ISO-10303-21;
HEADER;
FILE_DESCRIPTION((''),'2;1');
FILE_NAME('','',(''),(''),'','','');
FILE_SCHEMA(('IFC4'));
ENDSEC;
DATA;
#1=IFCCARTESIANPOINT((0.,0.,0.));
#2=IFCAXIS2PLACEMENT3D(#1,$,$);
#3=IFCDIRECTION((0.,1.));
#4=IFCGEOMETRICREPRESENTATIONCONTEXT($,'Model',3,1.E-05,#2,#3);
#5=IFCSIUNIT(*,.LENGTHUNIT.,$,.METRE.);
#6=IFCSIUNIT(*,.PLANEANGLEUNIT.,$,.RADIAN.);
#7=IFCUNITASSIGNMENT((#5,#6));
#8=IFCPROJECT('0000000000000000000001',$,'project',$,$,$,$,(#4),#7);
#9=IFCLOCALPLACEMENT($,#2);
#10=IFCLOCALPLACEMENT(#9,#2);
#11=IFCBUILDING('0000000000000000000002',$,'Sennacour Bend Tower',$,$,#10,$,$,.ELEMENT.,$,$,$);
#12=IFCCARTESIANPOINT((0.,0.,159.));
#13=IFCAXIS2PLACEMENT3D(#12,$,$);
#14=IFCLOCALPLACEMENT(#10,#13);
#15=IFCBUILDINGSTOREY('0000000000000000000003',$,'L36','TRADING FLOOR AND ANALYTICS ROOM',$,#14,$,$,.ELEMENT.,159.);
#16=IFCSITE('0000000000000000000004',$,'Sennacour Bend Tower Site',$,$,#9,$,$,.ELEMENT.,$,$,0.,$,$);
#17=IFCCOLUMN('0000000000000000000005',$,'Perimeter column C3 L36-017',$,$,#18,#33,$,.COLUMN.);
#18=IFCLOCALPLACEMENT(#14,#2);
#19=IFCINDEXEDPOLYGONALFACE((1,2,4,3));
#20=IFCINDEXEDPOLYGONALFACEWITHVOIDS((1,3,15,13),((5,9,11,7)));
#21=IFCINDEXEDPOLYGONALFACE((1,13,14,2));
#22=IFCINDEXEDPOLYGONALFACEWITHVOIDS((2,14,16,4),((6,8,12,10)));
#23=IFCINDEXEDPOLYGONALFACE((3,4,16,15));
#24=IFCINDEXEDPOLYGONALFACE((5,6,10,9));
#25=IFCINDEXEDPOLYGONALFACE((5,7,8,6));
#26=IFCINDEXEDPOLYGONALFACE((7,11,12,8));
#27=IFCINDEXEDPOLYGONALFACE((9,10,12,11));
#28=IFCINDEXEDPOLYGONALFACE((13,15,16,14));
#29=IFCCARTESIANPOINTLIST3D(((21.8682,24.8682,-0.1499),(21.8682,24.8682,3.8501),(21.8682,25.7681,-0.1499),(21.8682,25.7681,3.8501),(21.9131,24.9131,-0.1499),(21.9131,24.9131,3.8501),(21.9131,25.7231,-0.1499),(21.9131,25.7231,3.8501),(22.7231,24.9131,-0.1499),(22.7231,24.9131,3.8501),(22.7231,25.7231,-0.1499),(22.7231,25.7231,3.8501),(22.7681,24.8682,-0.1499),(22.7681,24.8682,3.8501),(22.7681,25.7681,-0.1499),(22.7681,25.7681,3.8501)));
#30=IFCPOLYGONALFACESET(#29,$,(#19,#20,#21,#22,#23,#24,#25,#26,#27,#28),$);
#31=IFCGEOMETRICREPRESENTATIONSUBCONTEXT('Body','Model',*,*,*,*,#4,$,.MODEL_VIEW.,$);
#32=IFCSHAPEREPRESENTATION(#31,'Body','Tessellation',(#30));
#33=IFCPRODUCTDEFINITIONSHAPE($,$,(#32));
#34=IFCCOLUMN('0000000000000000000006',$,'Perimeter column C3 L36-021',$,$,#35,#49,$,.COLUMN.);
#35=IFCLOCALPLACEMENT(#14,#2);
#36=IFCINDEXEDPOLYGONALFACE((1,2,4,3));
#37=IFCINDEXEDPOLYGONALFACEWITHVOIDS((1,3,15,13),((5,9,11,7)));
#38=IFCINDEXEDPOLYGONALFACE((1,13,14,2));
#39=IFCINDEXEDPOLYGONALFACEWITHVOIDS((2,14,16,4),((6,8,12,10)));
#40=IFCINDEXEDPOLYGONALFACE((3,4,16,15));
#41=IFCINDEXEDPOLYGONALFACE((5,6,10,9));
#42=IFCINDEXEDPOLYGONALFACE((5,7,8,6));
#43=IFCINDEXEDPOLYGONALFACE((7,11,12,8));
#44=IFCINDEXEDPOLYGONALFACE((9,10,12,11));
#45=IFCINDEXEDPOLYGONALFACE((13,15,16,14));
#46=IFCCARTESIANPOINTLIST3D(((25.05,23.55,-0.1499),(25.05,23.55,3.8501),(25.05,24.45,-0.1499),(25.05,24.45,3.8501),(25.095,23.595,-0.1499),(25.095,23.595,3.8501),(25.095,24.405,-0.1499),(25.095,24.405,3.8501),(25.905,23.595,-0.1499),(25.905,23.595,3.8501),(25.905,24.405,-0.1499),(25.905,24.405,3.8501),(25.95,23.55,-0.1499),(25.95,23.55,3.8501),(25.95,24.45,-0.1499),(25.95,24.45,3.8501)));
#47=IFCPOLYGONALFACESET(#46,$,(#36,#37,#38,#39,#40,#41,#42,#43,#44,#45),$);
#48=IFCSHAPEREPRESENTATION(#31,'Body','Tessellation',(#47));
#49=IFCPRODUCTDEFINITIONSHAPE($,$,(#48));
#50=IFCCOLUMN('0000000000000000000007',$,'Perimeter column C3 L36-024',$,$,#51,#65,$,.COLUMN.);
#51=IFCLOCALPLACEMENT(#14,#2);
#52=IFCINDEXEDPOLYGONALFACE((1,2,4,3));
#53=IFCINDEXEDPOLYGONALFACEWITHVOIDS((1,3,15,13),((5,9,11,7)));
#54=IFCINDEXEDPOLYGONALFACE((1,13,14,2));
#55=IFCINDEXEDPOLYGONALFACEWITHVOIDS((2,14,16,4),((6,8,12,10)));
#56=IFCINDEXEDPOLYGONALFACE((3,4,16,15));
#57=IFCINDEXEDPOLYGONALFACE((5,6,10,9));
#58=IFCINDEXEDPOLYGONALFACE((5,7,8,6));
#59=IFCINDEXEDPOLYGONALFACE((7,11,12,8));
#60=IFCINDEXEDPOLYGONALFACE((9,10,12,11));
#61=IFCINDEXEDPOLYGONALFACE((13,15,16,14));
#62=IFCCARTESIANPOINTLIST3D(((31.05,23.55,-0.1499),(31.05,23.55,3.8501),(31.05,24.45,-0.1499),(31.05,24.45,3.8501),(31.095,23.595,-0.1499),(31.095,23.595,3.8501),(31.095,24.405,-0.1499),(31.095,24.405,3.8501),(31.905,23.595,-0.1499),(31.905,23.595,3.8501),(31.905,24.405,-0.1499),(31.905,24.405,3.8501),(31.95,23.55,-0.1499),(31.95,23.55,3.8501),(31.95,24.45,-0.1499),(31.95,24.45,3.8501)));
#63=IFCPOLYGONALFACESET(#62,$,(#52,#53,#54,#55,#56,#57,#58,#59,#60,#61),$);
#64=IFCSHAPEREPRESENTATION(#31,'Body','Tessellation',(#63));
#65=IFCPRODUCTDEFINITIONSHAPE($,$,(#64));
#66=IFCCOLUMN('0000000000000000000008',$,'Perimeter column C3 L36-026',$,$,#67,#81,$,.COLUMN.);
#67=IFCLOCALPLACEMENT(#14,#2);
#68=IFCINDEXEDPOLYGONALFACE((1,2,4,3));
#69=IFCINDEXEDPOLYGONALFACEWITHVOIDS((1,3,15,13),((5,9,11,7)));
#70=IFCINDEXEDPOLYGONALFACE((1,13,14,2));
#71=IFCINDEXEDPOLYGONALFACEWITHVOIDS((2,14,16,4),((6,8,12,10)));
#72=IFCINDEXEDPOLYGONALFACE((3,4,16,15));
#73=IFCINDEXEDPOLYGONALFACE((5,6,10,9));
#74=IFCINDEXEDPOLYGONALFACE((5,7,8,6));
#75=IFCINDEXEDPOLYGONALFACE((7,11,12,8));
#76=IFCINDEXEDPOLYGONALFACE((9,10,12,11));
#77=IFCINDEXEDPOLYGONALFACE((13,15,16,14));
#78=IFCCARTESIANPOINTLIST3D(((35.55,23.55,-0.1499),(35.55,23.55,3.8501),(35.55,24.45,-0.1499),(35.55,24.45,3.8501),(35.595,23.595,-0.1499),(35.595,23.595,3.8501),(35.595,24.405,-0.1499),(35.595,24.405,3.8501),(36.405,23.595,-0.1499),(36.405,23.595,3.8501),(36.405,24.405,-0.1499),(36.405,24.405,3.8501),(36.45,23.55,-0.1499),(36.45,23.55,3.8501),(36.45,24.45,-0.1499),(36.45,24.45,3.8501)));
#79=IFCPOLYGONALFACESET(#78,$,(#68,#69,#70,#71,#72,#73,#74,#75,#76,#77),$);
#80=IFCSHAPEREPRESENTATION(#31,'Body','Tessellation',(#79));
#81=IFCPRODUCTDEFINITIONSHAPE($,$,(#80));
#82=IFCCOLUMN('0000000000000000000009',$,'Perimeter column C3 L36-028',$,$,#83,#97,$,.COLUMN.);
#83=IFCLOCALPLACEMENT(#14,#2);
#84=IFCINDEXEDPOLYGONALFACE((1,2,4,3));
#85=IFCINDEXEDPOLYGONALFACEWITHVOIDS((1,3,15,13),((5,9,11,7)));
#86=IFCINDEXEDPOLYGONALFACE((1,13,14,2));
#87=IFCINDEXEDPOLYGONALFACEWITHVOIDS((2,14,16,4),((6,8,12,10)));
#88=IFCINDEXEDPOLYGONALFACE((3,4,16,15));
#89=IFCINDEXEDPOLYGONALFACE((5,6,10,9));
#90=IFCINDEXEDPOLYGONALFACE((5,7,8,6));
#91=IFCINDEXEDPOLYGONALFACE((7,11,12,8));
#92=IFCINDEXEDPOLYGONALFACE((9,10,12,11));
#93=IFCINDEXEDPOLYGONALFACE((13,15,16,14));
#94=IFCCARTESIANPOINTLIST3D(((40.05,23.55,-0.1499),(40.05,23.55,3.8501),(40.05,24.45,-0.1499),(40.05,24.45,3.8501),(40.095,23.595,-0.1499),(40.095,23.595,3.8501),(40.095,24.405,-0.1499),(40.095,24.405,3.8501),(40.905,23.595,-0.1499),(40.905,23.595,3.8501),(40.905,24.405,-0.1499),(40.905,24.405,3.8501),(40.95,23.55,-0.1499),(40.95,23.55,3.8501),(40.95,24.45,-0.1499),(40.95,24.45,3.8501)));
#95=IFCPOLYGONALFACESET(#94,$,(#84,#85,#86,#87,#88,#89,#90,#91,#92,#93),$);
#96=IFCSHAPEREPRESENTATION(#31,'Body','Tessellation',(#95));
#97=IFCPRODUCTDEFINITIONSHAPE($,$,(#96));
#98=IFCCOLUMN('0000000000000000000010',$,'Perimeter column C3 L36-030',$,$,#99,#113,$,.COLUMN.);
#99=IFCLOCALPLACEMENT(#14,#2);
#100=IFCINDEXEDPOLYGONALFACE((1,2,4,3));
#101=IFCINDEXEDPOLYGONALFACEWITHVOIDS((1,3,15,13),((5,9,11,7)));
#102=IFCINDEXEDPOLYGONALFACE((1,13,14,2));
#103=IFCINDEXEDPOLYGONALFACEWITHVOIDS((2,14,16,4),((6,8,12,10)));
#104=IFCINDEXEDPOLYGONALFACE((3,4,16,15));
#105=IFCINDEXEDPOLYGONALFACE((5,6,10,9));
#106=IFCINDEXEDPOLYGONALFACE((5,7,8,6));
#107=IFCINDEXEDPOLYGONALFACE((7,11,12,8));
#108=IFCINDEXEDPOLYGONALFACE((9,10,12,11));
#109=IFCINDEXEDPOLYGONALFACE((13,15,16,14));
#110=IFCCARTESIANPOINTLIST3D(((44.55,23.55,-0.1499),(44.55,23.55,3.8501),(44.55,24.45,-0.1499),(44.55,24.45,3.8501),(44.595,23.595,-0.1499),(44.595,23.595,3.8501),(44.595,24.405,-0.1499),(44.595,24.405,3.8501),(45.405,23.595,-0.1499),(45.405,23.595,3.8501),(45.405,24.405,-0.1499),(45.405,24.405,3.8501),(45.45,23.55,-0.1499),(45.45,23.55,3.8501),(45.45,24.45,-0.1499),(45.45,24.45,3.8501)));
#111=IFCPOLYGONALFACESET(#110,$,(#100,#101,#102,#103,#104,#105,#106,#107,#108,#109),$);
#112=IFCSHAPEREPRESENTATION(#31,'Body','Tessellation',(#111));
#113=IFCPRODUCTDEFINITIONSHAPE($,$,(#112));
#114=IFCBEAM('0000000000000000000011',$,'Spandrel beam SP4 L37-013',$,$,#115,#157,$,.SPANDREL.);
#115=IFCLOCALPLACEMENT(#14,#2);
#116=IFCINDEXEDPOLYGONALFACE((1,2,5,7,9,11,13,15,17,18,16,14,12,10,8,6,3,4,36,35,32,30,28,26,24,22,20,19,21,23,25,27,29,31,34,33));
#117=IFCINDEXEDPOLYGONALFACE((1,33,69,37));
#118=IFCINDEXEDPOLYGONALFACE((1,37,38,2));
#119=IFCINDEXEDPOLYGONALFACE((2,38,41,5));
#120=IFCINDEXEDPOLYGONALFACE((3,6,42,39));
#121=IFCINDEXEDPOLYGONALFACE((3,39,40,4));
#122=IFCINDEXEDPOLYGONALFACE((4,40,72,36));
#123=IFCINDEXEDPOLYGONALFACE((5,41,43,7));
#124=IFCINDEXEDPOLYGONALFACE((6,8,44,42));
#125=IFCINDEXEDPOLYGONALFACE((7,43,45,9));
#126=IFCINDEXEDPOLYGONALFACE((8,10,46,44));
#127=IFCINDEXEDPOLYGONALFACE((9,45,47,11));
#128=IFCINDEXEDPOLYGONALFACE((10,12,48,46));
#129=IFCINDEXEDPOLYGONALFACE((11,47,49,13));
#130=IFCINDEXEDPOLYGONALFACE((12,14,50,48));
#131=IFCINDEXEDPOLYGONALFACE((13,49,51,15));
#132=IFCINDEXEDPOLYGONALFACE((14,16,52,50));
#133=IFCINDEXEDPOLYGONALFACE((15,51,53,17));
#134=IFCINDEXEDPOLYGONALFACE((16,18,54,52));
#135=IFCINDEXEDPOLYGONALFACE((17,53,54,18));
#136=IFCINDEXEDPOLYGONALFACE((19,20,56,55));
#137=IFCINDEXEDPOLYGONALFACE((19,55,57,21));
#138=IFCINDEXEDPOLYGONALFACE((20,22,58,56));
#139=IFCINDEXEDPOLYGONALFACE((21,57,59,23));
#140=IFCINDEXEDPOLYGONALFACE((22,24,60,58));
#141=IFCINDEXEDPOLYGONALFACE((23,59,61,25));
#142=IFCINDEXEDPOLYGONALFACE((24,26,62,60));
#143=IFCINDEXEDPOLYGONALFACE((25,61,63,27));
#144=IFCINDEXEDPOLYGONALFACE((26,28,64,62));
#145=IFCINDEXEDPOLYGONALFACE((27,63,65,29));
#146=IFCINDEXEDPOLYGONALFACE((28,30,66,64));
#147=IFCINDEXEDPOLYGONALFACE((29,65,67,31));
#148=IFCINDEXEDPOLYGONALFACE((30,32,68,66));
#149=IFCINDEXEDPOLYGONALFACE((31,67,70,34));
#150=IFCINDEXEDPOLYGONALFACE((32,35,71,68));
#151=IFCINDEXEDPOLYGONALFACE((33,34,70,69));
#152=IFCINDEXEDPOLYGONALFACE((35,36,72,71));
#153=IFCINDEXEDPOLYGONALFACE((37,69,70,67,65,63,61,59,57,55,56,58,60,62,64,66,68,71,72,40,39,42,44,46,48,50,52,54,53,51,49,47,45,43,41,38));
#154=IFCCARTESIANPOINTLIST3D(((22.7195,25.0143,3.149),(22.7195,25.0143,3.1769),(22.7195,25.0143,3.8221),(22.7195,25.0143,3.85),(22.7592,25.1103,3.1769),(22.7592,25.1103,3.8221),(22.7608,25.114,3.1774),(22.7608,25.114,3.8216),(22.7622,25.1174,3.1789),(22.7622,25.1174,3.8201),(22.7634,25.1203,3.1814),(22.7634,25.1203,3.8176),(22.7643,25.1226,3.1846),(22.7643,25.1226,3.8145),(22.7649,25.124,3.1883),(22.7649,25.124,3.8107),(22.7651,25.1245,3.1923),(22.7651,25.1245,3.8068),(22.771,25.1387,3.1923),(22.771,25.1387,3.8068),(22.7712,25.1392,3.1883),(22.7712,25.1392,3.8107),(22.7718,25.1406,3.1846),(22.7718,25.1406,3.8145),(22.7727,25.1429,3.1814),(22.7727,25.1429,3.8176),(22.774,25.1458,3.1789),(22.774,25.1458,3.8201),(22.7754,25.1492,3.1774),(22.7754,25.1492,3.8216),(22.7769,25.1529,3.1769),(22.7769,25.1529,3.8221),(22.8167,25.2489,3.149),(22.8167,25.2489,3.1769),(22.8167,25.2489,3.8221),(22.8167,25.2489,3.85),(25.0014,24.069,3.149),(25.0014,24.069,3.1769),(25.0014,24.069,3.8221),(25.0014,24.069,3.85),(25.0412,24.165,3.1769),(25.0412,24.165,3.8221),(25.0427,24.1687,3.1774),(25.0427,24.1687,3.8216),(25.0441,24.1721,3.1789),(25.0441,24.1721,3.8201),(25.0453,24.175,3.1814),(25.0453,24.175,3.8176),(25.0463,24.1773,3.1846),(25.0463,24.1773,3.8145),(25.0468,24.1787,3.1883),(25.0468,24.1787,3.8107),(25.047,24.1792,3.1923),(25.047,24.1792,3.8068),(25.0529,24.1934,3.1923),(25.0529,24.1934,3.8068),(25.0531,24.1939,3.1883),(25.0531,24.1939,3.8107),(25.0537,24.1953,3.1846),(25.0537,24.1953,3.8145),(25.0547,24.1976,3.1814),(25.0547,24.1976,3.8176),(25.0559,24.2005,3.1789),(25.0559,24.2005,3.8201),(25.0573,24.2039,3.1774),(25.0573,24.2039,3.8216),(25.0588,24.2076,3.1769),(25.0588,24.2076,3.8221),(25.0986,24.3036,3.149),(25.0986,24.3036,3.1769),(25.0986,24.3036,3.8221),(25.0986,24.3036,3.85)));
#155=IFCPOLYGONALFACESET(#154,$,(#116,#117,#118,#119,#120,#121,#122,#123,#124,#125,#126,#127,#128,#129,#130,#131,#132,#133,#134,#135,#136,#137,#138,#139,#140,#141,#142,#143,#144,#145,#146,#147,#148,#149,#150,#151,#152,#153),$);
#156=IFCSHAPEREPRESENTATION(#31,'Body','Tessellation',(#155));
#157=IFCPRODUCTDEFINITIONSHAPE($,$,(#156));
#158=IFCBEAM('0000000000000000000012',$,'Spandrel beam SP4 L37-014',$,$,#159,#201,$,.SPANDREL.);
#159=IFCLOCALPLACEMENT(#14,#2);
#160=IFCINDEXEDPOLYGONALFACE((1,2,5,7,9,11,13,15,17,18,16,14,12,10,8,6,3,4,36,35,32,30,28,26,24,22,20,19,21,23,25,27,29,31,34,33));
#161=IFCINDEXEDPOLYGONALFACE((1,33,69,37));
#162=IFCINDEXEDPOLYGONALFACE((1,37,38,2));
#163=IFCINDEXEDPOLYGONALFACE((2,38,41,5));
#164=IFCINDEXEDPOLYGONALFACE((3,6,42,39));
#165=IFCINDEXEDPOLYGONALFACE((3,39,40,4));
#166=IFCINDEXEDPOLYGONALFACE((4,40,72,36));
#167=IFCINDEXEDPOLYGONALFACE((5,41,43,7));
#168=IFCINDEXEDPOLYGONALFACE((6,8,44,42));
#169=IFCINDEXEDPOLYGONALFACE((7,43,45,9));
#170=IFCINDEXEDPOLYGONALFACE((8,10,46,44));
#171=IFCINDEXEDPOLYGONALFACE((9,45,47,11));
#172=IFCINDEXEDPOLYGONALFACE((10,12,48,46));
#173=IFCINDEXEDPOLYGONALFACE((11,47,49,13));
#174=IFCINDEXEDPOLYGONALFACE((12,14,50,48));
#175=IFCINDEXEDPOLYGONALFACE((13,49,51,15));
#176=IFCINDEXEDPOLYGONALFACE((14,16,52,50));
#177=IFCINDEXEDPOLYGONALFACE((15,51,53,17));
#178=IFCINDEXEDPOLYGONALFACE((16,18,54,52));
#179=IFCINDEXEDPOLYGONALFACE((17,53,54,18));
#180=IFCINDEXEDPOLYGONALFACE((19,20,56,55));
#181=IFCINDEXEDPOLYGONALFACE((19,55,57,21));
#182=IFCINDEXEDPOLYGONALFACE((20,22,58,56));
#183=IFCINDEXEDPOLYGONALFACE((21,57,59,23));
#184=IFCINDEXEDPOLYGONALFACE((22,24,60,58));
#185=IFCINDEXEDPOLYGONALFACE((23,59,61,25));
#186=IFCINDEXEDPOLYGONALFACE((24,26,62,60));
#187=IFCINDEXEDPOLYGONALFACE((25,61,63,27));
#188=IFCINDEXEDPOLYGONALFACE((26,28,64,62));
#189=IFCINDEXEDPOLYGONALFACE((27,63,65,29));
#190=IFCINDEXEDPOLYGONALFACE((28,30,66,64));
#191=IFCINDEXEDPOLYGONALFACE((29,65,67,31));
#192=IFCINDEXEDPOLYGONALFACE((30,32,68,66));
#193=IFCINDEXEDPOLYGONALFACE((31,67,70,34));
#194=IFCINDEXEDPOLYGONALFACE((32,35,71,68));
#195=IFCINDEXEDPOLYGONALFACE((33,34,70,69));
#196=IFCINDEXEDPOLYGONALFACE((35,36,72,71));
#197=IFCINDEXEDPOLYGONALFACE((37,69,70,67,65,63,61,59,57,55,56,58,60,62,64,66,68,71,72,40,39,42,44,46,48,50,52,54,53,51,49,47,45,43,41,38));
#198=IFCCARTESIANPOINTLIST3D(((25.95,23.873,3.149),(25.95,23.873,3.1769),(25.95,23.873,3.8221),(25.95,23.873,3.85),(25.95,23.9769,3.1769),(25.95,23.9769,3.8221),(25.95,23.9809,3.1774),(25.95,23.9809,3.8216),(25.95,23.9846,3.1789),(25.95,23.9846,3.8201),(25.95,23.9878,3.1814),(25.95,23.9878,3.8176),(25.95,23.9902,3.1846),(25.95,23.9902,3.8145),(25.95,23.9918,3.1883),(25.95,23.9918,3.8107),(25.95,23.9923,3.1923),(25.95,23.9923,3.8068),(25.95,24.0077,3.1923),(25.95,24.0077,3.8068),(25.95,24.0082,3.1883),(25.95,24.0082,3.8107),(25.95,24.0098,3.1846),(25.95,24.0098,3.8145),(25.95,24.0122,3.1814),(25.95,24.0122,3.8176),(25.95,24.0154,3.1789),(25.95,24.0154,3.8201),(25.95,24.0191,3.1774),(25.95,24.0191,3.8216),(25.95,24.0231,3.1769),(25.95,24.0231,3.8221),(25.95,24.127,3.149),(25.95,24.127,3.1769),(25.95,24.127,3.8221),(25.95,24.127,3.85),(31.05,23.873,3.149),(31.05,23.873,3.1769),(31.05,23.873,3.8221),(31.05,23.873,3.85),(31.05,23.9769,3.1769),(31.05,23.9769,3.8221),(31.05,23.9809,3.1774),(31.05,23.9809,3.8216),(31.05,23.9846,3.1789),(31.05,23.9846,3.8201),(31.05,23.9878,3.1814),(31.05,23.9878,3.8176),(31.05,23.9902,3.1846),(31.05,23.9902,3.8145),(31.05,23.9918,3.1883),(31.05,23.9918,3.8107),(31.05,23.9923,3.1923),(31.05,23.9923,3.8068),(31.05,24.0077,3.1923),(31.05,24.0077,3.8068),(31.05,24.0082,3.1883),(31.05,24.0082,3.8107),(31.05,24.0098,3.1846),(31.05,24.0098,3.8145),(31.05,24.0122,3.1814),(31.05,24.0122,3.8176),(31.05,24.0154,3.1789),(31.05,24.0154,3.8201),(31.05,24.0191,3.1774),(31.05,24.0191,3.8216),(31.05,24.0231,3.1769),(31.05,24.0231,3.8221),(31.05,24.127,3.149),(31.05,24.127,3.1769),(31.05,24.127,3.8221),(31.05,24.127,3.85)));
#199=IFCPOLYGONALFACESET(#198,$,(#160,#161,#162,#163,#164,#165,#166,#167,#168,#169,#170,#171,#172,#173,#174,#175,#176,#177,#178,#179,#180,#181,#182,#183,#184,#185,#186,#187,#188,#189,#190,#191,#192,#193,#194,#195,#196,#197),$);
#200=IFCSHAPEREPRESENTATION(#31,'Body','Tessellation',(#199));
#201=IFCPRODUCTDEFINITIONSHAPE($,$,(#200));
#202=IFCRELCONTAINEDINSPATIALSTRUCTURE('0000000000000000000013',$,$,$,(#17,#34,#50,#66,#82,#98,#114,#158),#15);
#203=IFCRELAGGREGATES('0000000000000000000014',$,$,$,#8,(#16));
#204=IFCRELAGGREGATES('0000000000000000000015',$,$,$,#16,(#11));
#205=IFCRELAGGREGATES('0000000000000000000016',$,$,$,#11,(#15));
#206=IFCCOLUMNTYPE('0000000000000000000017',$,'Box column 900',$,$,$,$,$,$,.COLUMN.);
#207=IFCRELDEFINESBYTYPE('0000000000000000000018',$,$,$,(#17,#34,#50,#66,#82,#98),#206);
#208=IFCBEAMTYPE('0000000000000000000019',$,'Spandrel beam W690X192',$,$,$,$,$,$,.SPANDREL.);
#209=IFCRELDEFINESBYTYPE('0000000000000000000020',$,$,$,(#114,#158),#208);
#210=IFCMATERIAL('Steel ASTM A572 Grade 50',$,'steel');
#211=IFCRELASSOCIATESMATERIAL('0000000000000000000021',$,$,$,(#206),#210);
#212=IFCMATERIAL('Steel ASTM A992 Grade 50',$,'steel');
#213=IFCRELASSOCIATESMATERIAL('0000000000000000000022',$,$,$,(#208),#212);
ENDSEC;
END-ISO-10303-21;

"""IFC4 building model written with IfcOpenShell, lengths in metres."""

from ifc_helpers import new_model, si_unit, direction, frame, origin, origin_2d, place, context, subcontext, project, spatial, hollow_rectangle, i_section, extrude, material, material_profile, profile_set, type_object, element, save


model = new_model("IFC4")

# Units and contexts
model_context = context("Model", 3, precision=1e-05, world=origin(), true_north=direction((0.0, 1.0)))
body_context = subcontext(model_context, "Body", "Model", "MODEL_VIEW")
ifc_project = project(units=[si_unit("LENGTHUNIT", "METRE"), si_unit("PLANEANGLEUNIT", "RADIAN")], contexts=[model_context])

# Site, building, storey
site_placement = place(None, origin())
site = spatial("IfcSite", under=ifc_project, at=site_placement, Name="Sennacour Bend Tower Site", CompositionType="ELEMENT", RefElevation=0.0)
building_placement = place(site_placement, origin())
building = spatial("IfcBuilding", under=site, at=building_placement, Name="Sennacour Bend Tower", CompositionType="ELEMENT")
storey_placement = place(building_placement, frame((0.0, 0.0, 159.0)))
storey = spatial("IfcBuildingStorey", under=building, at=storey_placement, Name="L36", Description="TRADING FLOOR AND ANALYTICS ROOM", CompositionType="ELEMENT", Elevation=159.0)

# Columns
ifc_material_1 = material(Name="Steel ASTM A572 Grade 50", Category="steel")
ifc_material_profile_1 = material_profile(ifc_material_1, hollow_rectangle(XDim=0.8999, YDim=0.8999, WallThickness=0.0449, at=origin_2d()), Name="Steel ASTM A572 Grade 50", Category="steel")
ifc_profile_set_1 = profile_set([ifc_material_profile_1], Name="Steel ASTM A572 Grade 50")
column_type = type_object("IfcColumnType", Name="Box column 900", PredefinedType="COLUMN", material=ifc_profile_set_1)
for number, where, z_axis, x_axis, name in (
    (1, (22.3181, 25.3181, -0.1499), (0.0, 0.0, 1.0), (1.0, 0.0, 0.0), "Perimeter column C3 L36-017"),
    (2, (25.5, 24.0, -0.1499), (0.0, 0.0, 1.0), (1.0, 0.0, 0.0), "Perimeter column C3 L36-021"),
    (3, (31.5, 24.0, -0.1499), (0.0, 0.0, 1.0), (1.0, 0.0, 0.0), "Perimeter column C3 L36-024"),
    (4, (36.0, 24.0, -0.1499), (0.0, 0.0, 1.0), (1.0, 0.0, 0.0), "Perimeter column C3 L36-026"),
    (5, (40.5, 24.0, -0.1499), (0.0, 0.0, 1.0), (1.0, 0.0, 0.0), "Perimeter column C3 L36-028"),
    (6, (45.0, 24.0, -0.1499), (0.0, 0.0, 1.0), (1.0, 0.0, 0.0), "Perimeter column C3 L36-030"),
):
    element("IfcColumn", number, at=place(storey_placement, frame(where, z_axis=z_axis, x_axis=x_axis)), inside=storey, type_object=column_type, Name=name, PredefinedType="COLUMN", context=body_context, shape_type="SweptSolid", body=[
        extrude(hollow_rectangle(XDim=0.8999, YDim=0.8999, WallThickness=0.0449, at=origin_2d()), origin(), (0.0, 0.0, 1.0), 4.0),
    ])

# Beams
ifc_material_2 = material(Name="Steel ASTM A992 Grade 50", Category="steel")
ifc_material_profile_2 = material_profile(ifc_material_2, i_section(OverallWidth=0.2539, OverallDepth=0.7009, WebThickness=0.0154, FlangeThickness=0.0278, FilletRadius=0.0154, at=origin_2d()), Name="Steel ASTM A992 Grade 50", Category="steel")
ifc_profile_set_2 = profile_set([ifc_material_profile_2], Name="Steel ASTM A992 Grade 50")
beam_type = type_object("IfcBeamType", Name="Spandrel beam W690X192", PredefinedType="SPANDREL", material=ifc_profile_set_2)
beam_1_placement = place(storey_placement, frame((22.7681, 25.1316, 3.4995), z_axis=(0.923867, -0.382713, 0.0), x_axis=(0.382713, 0.923867, 0.0)))
element("IfcBeam", 7, at=beam_1_placement, inside=storey, type_object=beam_type, Name="Spandrel beam SP4 L37-013", PredefinedType="SPANDREL", context=body_context, shape_type="SweptSolid", body=[
    extrude(i_section(OverallWidth=0.2539, OverallDepth=0.7009, WebThickness=0.0154, FlangeThickness=0.0278, FilletRadius=0.0154, at=origin_2d()), origin(), (0.0, 0.0, 1.0), 2.47),
])
beam_2_placement = place(storey_placement, frame((25.95, 24.0, 3.4995), z_axis=(1.0, 0.0, 0.0), x_axis=(0.0, 1.0, 0.0)))
element("IfcBeam", 8, at=beam_2_placement, inside=storey, type_object=beam_type, Name="Spandrel beam SP4 L37-014", PredefinedType="SPANDREL", context=body_context, shape_type="SweptSolid", body=[
    extrude(i_section(OverallWidth=0.2539, OverallDepth=0.7009, WebThickness=0.0154, FlangeThickness=0.0278, FilletRadius=0.0154, at=origin_2d()), origin(), (0.0, 0.0, 1.0), 5.1001),
])

save(model, "model.ifc")
